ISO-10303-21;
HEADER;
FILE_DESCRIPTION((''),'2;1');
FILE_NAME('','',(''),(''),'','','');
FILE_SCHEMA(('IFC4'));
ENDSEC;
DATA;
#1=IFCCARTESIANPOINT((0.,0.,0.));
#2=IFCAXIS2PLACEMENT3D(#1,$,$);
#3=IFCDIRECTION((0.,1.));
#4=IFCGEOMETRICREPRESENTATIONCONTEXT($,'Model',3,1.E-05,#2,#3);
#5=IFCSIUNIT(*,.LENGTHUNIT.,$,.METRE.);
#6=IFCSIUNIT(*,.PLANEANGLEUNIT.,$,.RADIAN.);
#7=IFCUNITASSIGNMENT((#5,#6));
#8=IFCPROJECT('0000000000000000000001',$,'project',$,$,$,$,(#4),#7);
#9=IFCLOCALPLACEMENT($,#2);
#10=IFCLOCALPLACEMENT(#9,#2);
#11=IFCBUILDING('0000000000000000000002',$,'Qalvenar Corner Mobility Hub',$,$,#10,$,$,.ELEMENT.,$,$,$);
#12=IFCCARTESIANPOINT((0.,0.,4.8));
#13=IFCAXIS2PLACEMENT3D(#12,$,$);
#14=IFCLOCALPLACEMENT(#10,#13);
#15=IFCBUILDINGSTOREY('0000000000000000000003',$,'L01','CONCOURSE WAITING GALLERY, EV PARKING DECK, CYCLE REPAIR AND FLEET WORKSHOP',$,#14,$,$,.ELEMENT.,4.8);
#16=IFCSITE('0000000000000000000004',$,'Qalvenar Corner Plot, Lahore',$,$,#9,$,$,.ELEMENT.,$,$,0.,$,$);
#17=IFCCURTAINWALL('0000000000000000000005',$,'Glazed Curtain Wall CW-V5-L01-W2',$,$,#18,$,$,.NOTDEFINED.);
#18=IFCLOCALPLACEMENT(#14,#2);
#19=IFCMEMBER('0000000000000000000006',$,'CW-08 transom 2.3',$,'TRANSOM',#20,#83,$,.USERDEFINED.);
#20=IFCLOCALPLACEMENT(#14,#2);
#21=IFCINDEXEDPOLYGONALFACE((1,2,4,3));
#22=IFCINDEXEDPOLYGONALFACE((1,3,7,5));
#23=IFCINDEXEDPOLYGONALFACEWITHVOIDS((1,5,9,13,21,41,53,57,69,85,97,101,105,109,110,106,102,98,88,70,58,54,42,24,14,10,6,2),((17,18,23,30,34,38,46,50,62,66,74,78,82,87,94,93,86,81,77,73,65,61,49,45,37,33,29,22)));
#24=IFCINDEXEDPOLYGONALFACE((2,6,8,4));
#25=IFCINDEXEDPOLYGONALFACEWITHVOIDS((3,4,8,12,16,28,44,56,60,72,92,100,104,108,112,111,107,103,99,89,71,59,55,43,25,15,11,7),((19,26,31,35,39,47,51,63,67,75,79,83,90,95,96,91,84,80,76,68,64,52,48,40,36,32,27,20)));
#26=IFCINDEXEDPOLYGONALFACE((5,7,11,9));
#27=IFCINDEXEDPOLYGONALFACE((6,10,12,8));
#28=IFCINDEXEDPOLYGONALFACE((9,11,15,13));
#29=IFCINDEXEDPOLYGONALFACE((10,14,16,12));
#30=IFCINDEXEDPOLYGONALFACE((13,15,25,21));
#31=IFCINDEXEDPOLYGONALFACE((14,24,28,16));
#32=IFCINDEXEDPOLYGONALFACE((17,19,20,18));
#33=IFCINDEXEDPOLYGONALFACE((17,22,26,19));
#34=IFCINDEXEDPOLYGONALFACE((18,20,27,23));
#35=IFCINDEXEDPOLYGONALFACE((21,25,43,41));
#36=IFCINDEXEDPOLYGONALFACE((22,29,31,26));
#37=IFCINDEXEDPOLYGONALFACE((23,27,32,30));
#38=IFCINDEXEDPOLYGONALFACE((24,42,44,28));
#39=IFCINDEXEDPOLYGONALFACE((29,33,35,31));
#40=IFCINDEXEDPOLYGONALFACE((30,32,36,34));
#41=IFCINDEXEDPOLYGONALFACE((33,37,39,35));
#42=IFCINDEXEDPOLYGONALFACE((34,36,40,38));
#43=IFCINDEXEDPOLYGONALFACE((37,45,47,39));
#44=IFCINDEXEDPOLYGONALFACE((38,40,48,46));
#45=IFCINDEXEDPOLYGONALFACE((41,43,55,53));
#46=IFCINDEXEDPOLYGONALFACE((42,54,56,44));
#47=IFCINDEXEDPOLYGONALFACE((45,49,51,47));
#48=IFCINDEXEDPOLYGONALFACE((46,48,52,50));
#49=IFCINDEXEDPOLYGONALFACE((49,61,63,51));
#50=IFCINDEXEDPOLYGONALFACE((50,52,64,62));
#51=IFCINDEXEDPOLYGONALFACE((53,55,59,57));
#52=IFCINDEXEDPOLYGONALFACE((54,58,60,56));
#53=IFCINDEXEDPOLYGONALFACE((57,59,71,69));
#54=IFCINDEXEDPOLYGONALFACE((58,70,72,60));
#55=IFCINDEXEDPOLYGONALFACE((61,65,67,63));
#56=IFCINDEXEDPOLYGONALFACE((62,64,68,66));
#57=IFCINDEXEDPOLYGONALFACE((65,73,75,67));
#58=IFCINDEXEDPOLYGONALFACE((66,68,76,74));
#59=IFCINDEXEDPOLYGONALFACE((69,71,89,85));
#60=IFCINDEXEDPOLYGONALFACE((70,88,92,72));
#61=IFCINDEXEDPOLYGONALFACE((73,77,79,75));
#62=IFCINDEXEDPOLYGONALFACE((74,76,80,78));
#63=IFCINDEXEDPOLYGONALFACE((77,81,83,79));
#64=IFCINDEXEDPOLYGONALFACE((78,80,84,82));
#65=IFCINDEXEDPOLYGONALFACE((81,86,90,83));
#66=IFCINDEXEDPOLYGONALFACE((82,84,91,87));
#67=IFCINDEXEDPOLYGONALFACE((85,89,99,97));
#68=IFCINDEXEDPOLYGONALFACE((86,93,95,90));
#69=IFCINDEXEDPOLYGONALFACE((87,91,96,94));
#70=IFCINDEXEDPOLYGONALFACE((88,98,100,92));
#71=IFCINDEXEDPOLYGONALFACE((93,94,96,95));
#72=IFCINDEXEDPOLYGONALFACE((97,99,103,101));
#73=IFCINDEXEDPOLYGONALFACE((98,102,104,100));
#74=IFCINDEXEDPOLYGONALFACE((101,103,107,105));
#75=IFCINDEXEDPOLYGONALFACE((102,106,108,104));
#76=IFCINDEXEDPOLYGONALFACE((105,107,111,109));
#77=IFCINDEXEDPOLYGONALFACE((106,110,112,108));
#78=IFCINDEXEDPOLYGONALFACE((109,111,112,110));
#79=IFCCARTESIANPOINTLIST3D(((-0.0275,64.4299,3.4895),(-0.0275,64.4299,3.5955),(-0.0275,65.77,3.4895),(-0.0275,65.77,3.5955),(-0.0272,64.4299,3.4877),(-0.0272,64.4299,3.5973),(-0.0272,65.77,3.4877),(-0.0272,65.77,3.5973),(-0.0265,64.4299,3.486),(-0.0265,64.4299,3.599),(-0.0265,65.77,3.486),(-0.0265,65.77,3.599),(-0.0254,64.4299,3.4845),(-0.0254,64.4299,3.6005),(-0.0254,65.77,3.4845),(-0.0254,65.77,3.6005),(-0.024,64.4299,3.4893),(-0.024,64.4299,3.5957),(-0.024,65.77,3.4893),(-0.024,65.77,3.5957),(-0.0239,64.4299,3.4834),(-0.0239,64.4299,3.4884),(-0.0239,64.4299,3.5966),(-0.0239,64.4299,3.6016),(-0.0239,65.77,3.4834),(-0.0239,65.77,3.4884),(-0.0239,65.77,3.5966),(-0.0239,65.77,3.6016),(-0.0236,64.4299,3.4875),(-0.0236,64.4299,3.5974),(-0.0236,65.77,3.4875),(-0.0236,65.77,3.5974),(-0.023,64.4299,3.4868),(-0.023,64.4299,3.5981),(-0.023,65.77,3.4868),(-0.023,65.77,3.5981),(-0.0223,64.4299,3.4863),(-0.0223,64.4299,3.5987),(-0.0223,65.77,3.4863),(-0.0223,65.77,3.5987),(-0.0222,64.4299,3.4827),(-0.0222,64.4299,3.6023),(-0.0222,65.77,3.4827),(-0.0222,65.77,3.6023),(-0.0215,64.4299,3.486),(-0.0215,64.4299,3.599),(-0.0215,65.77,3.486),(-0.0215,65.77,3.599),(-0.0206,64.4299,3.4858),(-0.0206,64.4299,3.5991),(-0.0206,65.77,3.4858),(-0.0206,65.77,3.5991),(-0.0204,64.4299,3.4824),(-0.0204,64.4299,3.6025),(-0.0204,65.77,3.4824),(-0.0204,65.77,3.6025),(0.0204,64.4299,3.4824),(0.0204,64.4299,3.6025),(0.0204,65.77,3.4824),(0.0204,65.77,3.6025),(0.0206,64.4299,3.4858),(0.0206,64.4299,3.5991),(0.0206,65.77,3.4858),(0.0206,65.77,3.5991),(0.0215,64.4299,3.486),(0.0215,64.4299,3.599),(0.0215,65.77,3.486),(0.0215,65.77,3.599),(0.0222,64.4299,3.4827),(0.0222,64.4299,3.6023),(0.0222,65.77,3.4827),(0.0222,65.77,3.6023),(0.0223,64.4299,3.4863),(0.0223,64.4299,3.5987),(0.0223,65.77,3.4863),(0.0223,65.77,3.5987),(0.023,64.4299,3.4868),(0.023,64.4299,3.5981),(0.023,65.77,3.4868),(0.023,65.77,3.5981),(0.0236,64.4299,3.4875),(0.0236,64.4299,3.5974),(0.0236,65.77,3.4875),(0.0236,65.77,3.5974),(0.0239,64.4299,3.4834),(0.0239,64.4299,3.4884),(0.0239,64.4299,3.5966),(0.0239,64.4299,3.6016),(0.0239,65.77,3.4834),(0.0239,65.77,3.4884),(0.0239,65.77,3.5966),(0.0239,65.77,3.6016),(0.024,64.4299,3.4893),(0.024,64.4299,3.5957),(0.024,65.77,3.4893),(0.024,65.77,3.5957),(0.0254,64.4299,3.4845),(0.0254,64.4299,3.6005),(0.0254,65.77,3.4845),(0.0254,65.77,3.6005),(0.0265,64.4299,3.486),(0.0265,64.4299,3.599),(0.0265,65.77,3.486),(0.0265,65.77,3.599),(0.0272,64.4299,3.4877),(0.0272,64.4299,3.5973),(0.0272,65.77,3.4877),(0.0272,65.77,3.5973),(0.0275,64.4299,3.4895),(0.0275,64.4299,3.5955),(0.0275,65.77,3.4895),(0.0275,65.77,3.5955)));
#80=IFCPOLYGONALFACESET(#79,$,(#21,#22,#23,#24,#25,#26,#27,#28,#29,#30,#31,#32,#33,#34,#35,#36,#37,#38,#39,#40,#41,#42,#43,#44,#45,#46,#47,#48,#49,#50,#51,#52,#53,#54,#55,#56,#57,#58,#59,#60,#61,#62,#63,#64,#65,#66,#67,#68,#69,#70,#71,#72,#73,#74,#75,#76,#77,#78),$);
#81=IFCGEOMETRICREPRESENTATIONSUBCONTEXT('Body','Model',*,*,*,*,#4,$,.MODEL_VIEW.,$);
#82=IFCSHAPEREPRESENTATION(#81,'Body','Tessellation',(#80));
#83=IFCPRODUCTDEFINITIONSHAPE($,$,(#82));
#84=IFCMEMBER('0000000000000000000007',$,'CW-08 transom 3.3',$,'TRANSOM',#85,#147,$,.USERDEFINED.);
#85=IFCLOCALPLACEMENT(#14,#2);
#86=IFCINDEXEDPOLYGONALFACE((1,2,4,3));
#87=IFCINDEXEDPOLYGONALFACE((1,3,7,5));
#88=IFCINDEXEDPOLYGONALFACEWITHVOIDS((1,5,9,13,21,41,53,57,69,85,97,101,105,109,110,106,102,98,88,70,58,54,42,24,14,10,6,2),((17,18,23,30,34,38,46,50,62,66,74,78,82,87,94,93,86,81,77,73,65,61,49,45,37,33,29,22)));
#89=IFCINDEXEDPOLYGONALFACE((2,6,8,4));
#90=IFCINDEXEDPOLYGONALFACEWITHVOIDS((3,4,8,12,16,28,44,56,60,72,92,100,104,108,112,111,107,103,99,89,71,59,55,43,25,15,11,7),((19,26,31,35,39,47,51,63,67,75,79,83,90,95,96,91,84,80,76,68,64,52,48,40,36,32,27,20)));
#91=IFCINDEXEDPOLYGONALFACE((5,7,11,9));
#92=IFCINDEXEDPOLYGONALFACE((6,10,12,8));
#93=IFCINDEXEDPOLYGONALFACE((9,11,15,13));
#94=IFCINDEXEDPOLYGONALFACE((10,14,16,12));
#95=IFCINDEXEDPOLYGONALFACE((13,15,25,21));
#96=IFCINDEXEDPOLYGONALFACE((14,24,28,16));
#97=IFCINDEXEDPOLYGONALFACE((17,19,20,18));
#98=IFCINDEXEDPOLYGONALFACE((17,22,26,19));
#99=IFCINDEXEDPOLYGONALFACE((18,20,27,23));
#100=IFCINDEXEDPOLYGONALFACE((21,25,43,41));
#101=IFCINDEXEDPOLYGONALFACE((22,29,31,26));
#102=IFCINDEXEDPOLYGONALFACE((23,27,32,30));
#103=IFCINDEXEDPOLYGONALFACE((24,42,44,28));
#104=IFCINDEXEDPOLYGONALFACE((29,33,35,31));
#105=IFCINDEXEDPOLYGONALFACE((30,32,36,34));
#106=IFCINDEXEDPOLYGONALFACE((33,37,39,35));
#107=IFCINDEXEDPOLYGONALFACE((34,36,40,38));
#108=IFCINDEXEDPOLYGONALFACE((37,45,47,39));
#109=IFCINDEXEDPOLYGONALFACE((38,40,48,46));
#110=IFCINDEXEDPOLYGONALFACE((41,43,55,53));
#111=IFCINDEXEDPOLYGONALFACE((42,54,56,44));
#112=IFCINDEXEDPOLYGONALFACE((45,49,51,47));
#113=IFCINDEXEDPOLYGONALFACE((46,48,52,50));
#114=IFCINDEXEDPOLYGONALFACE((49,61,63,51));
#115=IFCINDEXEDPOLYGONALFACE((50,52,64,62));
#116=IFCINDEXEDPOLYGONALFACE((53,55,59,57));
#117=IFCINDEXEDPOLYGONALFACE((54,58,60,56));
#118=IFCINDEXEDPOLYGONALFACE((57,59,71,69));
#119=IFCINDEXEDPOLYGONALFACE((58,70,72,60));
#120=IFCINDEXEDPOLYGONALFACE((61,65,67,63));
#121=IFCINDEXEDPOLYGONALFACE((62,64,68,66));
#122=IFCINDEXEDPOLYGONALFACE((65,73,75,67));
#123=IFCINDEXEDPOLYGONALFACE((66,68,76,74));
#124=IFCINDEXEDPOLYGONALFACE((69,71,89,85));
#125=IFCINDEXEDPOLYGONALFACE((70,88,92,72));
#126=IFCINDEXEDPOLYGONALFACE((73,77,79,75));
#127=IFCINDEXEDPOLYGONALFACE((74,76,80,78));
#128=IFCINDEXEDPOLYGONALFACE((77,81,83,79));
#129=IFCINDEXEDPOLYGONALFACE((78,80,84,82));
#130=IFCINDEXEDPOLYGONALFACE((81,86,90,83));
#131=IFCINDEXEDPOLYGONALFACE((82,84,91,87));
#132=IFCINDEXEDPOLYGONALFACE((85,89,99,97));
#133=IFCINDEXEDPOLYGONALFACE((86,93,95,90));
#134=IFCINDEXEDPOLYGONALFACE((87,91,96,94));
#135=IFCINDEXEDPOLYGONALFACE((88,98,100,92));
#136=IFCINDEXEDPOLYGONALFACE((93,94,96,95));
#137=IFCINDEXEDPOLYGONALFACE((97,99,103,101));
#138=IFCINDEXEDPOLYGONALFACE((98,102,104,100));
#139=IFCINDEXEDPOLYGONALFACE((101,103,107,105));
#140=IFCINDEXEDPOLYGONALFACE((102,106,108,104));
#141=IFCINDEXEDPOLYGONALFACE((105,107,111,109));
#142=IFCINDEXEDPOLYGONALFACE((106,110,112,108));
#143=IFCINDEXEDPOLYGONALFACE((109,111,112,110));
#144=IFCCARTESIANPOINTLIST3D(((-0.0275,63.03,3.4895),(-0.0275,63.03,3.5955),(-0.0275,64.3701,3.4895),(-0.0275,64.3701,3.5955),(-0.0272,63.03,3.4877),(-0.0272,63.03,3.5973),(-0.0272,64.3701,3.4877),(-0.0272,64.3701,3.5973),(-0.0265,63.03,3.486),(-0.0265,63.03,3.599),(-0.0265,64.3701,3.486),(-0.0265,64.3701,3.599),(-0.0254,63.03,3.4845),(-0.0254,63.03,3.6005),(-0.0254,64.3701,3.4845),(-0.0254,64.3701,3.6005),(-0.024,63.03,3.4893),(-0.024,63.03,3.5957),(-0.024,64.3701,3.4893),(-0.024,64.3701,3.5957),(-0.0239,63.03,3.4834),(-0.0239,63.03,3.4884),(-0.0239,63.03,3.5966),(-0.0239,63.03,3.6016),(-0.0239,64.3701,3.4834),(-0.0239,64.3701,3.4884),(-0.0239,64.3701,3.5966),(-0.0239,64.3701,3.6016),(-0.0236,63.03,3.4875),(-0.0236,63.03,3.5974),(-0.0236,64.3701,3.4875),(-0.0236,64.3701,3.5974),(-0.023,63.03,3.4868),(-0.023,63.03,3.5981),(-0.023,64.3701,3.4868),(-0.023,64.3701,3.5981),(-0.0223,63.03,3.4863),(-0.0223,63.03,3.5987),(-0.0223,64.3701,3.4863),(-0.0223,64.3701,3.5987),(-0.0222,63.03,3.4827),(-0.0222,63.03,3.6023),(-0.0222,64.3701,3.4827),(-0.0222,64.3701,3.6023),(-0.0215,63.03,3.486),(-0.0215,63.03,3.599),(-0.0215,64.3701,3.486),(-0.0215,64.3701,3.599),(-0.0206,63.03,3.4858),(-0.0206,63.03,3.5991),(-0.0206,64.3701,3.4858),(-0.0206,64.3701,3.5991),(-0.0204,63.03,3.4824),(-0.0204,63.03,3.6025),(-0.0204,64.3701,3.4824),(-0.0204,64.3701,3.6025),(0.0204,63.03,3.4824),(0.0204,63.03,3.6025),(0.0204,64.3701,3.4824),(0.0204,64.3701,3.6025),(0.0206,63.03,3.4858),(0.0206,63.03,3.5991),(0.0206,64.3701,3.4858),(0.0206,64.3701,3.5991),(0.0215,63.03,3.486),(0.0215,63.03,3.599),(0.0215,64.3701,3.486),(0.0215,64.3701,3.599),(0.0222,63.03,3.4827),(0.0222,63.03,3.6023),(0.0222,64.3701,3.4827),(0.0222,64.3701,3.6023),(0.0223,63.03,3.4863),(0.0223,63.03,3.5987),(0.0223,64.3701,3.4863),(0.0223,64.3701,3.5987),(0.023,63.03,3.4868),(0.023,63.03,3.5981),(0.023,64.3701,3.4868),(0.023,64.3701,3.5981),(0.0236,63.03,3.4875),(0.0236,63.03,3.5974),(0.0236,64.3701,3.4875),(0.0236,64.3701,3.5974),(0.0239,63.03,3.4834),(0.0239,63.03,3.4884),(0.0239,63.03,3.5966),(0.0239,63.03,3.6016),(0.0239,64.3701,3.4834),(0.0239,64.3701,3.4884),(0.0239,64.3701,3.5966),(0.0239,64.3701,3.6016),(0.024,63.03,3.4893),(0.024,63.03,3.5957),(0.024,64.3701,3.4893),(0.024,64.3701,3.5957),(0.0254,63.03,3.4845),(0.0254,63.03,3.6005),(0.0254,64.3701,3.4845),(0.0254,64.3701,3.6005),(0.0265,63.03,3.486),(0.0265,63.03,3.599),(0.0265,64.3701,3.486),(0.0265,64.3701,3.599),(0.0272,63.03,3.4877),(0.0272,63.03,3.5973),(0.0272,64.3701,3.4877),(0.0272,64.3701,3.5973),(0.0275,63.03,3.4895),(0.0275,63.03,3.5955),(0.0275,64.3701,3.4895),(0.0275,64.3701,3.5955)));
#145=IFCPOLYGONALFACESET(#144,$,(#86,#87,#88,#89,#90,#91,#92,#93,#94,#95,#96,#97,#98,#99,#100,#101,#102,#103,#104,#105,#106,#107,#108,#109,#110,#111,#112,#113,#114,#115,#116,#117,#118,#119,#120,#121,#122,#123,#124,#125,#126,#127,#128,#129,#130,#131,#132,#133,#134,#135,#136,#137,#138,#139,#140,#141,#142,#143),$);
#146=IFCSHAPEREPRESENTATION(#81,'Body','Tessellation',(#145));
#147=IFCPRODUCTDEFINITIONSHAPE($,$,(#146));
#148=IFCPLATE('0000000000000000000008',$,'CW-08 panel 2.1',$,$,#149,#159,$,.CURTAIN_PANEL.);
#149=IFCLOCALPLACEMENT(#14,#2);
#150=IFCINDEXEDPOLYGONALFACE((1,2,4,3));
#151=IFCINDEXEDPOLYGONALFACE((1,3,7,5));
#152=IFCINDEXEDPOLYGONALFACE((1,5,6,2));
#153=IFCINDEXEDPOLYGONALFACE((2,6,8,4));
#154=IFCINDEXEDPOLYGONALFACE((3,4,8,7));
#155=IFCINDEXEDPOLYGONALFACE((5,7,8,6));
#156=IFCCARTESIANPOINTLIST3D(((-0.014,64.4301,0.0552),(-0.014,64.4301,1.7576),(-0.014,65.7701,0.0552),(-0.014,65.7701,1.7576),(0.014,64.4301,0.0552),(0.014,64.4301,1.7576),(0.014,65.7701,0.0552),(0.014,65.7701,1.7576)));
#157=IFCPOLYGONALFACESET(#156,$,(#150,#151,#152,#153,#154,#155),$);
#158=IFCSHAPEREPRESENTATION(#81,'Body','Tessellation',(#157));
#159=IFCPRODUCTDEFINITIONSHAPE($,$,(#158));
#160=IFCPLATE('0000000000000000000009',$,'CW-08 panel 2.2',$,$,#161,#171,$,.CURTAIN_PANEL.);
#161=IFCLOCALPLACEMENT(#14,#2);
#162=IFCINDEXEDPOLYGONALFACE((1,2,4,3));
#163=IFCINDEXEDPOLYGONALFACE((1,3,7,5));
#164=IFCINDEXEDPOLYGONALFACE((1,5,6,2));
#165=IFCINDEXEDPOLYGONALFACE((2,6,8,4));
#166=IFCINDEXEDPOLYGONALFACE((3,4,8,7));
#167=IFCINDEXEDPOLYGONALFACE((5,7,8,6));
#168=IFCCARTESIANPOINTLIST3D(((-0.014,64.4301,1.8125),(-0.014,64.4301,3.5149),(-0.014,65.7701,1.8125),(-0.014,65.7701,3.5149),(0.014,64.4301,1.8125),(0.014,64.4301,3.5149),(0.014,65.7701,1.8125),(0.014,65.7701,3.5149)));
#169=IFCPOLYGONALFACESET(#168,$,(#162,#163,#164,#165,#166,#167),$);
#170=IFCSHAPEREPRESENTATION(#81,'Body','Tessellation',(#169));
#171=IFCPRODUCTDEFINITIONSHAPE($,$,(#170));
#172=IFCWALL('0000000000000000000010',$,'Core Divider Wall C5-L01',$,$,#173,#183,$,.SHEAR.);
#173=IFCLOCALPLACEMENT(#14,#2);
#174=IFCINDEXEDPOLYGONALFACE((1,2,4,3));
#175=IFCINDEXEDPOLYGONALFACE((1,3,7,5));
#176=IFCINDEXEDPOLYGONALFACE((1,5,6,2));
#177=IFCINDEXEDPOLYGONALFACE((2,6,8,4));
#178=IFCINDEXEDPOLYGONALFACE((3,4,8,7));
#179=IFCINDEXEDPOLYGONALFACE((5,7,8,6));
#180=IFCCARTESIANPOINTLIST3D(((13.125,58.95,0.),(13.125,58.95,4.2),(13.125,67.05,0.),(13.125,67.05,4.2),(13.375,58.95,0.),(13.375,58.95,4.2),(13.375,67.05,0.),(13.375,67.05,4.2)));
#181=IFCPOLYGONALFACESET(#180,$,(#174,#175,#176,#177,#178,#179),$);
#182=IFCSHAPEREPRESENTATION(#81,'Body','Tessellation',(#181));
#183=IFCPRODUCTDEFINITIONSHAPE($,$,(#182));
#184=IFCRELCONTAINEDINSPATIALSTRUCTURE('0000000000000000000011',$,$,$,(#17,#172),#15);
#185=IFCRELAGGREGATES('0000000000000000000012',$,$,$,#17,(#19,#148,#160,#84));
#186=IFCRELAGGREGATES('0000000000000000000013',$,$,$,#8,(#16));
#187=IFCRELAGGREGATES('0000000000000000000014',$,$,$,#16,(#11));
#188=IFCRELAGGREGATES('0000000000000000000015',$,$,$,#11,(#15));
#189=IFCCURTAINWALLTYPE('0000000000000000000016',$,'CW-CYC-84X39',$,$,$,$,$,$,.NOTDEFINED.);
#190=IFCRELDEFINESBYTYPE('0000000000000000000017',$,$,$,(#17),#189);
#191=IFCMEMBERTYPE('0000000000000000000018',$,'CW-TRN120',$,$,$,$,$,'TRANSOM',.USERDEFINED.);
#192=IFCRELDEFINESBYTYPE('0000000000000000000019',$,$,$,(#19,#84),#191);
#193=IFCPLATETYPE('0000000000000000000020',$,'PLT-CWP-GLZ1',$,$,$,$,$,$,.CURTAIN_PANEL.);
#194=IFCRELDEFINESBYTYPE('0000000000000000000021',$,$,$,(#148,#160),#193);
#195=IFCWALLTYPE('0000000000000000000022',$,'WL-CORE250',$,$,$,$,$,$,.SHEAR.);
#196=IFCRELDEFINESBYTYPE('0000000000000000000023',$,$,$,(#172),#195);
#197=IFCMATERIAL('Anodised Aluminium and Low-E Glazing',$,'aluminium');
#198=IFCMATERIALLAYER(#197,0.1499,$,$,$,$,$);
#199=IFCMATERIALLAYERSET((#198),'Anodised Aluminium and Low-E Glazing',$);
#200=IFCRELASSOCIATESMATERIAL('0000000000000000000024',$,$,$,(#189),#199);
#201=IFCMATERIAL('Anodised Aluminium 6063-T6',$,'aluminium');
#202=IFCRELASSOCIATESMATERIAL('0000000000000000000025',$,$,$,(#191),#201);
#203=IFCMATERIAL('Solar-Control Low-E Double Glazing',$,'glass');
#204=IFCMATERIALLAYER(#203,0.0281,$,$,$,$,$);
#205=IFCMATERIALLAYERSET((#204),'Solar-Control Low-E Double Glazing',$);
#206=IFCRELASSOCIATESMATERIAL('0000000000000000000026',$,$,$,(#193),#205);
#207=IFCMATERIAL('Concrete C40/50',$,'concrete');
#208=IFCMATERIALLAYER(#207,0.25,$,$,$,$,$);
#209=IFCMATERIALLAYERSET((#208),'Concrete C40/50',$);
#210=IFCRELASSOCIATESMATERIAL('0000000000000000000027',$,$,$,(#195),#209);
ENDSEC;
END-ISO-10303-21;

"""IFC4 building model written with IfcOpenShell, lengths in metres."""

from ifc_helpers import new_model, si_unit, direction, frame, frame_2d, origin, origin_2d, place, context, subcontext, project, spatial, rectangle, hollow_rectangle, extrude, material, layer, layer_set, material_profile, profile_set, type_object, element, aggregate, save


model = new_model("IFC4")

# Units and contexts
model_context = context("Model", 3, precision=1e-05, world=origin(), true_north=direction((0.0, 1.0)))
body_context = subcontext(model_context, "Body", "Model", "MODEL_VIEW")
ifc_project = project(units=[si_unit("LENGTHUNIT", "METRE"), si_unit("PLANEANGLEUNIT", "RADIAN")], contexts=[model_context])

# Site, building, storey
site_placement = place(None, origin())
site = spatial("IfcSite", under=ifc_project, at=site_placement, Name="Qalvenar Corner Plot, Lahore", CompositionType="ELEMENT", RefElevation=0.0)
building_placement = place(site_placement, origin())
building = spatial("IfcBuilding", under=site, at=building_placement, Name="Qalvenar Corner Mobility Hub", CompositionType="ELEMENT")
storey_placement = place(building_placement, frame((0.0, 0.0, 4.8)))
storey = spatial("IfcBuildingStorey", under=building, at=storey_placement, Name="L01", Description="CONCOURSE WAITING GALLERY, EV PARKING DECK, CYCLE REPAIR AND FLEET WORKSHOP", CompositionType="ELEMENT", Elevation=4.8)

# Curtain wall, members, plates
ifc_material_1 = material(Name="Anodised Aluminium and Low-E Glazing", Category="aluminium")
ifc_layer_1 = layer(ifc_material_1, 0.1499)
ifc_layer_set_1 = layer_set([ifc_layer_1], Name="Anodised Aluminium and Low-E Glazing")
curtain_wall_type = type_object("IfcCurtainWallType", Name="CW-CYC-84X39", PredefinedType="NOTDEFINED", material=ifc_layer_set_1)
curtain_wall_placement = place(storey_placement, origin())
curtain_wall = element("IfcCurtainWall", 1, at=curtain_wall_placement, inside=storey, type_object=curtain_wall_type, Name="Glazed Curtain Wall CW-V5-L01-W2", PredefinedType="NOTDEFINED")
ifc_material_2 = material(Name="Anodised Aluminium 6063-T6", Category="aluminium")
ifc_material_profile_1 = material_profile(ifc_material_2, hollow_rectangle(XDim=0.0549, YDim=0.1201, WallThickness=0.0034, InnerFilletRadius=0.0034, OuterFilletRadius=0.0071, at=origin_2d()), Name="RHS120x55x3.5")
ifc_profile_set_1 = profile_set([ifc_material_profile_1], Name="Anodised Aluminium 6063-T6")
member_type_1 = type_object("IfcMemberType", Name="CW-TRN120", ElementType="TRANSOM", PredefinedType="USERDEFINED", material=ifc_profile_set_1)
member_1_placement = place(storey_placement, frame((0.0, 65.77, 3.5425), z_axis=(0.0, -1.0, 0.0), x_axis=(1.0, 0.0, 0.0)))
member_1 = element("IfcMember", 2, at=member_1_placement, type_object=member_type_1, Name="CW-08 transom 2.3", ObjectType="TRANSOM", PredefinedType="USERDEFINED", context=body_context, shape_type="SweptSolid", body=[
    extrude(hollow_rectangle(XDim=0.0549, YDim=0.1201, WallThickness=0.0034, InnerFilletRadius=0.0034, OuterFilletRadius=0.0071, at=origin_2d()), origin(), (0.0, 0.0, 1.0), 1.3401),
])
member_2_placement = place(storey_placement, frame((0.0, 64.3701, 3.5425), z_axis=(0.0, -1.0, 0.0), x_axis=(1.0, 0.0, 0.0)))
member_2 = element("IfcMember", 3, at=member_2_placement, type_object=member_type_1, Name="CW-08 transom 3.3", ObjectType="TRANSOM", PredefinedType="USERDEFINED", context=body_context, shape_type="SweptSolid", body=[
    extrude(hollow_rectangle(XDim=0.0549, YDim=0.1201, WallThickness=0.0034, InnerFilletRadius=0.0034, OuterFilletRadius=0.0071, at=origin_2d()), origin(), (0.0, 0.0, 1.0), 1.3401),
])
ifc_material_3 = material(Name="Solar-Control Low-E Double Glazing", Category="glass")
ifc_layer_2 = layer(ifc_material_3, 0.0281)
ifc_layer_set_2 = layer_set([ifc_layer_2], Name="Solar-Control Low-E Double Glazing")
plate_type = type_object("IfcPlateType", Name="PLT-CWP-GLZ1", PredefinedType="CURTAIN_PANEL", material=ifc_layer_set_2)
plate_1_placement = place(storey_placement, frame((0.0, 65.1001, 0.0552), z_axis=(0.0, 0.0, 1.0), x_axis=(0.0, -1.0, 0.0)))
plate_1 = element("IfcPlate", 4, at=plate_1_placement, type_object=plate_type, Name="CW-08 panel 2.1", PredefinedType="CURTAIN_PANEL", context=body_context, shape_type="SweptSolid", body=[
    extrude(rectangle(XDim=1.3401, YDim=0.0281, at=origin_2d()), origin(), (0.0, 0.0, 1.0), 1.7024),
])
plate_2_placement = place(storey_placement, frame((0.0, 65.1001, 1.8125), z_axis=(0.0, 0.0, 1.0), x_axis=(0.0, -1.0, 0.0)))
plate_2 = element("IfcPlate", 5, at=plate_2_placement, type_object=plate_type, Name="CW-08 panel 2.2", PredefinedType="CURTAIN_PANEL", context=body_context, shape_type="SweptSolid", body=[
    extrude(rectangle(XDim=1.3401, YDim=0.0281, at=origin_2d()), origin(), (0.0, 0.0, 1.0), 1.7024),
])
aggregate(curtain_wall, [member_1, plate_1, plate_2, member_2])

# Wall
ifc_material_4 = material(Name="Concrete C40/50", Category="concrete")
ifc_layer_3 = layer(ifc_material_4, 0.25)
ifc_layer_set_3 = layer_set([ifc_layer_3], Name="Concrete C40/50")
wall_type_1 = type_object("IfcWallType", Name="WL-CORE250", PredefinedType="SHEAR", material=ifc_layer_set_3)
wall_1_placement = place(storey_placement, frame((13.25, 58.95, 0.0), z_axis=(0.0, 0.0, 1.0), x_axis=(0.0, 1.0, 0.0)))
element("IfcWall", 6, at=wall_1_placement, inside=storey, type_object=wall_type_1, Name="Core Divider Wall C5-L01", PredefinedType="SHEAR", context=body_context, shape_type="SweptSolid", body=[
    extrude(rectangle(XDim=8.1001, YDim=0.25, at=frame_2d((4.05, 0.0))), origin(), (0.0, 0.0, 1.0), 4.2),
])

save(model, "model.ifc")
